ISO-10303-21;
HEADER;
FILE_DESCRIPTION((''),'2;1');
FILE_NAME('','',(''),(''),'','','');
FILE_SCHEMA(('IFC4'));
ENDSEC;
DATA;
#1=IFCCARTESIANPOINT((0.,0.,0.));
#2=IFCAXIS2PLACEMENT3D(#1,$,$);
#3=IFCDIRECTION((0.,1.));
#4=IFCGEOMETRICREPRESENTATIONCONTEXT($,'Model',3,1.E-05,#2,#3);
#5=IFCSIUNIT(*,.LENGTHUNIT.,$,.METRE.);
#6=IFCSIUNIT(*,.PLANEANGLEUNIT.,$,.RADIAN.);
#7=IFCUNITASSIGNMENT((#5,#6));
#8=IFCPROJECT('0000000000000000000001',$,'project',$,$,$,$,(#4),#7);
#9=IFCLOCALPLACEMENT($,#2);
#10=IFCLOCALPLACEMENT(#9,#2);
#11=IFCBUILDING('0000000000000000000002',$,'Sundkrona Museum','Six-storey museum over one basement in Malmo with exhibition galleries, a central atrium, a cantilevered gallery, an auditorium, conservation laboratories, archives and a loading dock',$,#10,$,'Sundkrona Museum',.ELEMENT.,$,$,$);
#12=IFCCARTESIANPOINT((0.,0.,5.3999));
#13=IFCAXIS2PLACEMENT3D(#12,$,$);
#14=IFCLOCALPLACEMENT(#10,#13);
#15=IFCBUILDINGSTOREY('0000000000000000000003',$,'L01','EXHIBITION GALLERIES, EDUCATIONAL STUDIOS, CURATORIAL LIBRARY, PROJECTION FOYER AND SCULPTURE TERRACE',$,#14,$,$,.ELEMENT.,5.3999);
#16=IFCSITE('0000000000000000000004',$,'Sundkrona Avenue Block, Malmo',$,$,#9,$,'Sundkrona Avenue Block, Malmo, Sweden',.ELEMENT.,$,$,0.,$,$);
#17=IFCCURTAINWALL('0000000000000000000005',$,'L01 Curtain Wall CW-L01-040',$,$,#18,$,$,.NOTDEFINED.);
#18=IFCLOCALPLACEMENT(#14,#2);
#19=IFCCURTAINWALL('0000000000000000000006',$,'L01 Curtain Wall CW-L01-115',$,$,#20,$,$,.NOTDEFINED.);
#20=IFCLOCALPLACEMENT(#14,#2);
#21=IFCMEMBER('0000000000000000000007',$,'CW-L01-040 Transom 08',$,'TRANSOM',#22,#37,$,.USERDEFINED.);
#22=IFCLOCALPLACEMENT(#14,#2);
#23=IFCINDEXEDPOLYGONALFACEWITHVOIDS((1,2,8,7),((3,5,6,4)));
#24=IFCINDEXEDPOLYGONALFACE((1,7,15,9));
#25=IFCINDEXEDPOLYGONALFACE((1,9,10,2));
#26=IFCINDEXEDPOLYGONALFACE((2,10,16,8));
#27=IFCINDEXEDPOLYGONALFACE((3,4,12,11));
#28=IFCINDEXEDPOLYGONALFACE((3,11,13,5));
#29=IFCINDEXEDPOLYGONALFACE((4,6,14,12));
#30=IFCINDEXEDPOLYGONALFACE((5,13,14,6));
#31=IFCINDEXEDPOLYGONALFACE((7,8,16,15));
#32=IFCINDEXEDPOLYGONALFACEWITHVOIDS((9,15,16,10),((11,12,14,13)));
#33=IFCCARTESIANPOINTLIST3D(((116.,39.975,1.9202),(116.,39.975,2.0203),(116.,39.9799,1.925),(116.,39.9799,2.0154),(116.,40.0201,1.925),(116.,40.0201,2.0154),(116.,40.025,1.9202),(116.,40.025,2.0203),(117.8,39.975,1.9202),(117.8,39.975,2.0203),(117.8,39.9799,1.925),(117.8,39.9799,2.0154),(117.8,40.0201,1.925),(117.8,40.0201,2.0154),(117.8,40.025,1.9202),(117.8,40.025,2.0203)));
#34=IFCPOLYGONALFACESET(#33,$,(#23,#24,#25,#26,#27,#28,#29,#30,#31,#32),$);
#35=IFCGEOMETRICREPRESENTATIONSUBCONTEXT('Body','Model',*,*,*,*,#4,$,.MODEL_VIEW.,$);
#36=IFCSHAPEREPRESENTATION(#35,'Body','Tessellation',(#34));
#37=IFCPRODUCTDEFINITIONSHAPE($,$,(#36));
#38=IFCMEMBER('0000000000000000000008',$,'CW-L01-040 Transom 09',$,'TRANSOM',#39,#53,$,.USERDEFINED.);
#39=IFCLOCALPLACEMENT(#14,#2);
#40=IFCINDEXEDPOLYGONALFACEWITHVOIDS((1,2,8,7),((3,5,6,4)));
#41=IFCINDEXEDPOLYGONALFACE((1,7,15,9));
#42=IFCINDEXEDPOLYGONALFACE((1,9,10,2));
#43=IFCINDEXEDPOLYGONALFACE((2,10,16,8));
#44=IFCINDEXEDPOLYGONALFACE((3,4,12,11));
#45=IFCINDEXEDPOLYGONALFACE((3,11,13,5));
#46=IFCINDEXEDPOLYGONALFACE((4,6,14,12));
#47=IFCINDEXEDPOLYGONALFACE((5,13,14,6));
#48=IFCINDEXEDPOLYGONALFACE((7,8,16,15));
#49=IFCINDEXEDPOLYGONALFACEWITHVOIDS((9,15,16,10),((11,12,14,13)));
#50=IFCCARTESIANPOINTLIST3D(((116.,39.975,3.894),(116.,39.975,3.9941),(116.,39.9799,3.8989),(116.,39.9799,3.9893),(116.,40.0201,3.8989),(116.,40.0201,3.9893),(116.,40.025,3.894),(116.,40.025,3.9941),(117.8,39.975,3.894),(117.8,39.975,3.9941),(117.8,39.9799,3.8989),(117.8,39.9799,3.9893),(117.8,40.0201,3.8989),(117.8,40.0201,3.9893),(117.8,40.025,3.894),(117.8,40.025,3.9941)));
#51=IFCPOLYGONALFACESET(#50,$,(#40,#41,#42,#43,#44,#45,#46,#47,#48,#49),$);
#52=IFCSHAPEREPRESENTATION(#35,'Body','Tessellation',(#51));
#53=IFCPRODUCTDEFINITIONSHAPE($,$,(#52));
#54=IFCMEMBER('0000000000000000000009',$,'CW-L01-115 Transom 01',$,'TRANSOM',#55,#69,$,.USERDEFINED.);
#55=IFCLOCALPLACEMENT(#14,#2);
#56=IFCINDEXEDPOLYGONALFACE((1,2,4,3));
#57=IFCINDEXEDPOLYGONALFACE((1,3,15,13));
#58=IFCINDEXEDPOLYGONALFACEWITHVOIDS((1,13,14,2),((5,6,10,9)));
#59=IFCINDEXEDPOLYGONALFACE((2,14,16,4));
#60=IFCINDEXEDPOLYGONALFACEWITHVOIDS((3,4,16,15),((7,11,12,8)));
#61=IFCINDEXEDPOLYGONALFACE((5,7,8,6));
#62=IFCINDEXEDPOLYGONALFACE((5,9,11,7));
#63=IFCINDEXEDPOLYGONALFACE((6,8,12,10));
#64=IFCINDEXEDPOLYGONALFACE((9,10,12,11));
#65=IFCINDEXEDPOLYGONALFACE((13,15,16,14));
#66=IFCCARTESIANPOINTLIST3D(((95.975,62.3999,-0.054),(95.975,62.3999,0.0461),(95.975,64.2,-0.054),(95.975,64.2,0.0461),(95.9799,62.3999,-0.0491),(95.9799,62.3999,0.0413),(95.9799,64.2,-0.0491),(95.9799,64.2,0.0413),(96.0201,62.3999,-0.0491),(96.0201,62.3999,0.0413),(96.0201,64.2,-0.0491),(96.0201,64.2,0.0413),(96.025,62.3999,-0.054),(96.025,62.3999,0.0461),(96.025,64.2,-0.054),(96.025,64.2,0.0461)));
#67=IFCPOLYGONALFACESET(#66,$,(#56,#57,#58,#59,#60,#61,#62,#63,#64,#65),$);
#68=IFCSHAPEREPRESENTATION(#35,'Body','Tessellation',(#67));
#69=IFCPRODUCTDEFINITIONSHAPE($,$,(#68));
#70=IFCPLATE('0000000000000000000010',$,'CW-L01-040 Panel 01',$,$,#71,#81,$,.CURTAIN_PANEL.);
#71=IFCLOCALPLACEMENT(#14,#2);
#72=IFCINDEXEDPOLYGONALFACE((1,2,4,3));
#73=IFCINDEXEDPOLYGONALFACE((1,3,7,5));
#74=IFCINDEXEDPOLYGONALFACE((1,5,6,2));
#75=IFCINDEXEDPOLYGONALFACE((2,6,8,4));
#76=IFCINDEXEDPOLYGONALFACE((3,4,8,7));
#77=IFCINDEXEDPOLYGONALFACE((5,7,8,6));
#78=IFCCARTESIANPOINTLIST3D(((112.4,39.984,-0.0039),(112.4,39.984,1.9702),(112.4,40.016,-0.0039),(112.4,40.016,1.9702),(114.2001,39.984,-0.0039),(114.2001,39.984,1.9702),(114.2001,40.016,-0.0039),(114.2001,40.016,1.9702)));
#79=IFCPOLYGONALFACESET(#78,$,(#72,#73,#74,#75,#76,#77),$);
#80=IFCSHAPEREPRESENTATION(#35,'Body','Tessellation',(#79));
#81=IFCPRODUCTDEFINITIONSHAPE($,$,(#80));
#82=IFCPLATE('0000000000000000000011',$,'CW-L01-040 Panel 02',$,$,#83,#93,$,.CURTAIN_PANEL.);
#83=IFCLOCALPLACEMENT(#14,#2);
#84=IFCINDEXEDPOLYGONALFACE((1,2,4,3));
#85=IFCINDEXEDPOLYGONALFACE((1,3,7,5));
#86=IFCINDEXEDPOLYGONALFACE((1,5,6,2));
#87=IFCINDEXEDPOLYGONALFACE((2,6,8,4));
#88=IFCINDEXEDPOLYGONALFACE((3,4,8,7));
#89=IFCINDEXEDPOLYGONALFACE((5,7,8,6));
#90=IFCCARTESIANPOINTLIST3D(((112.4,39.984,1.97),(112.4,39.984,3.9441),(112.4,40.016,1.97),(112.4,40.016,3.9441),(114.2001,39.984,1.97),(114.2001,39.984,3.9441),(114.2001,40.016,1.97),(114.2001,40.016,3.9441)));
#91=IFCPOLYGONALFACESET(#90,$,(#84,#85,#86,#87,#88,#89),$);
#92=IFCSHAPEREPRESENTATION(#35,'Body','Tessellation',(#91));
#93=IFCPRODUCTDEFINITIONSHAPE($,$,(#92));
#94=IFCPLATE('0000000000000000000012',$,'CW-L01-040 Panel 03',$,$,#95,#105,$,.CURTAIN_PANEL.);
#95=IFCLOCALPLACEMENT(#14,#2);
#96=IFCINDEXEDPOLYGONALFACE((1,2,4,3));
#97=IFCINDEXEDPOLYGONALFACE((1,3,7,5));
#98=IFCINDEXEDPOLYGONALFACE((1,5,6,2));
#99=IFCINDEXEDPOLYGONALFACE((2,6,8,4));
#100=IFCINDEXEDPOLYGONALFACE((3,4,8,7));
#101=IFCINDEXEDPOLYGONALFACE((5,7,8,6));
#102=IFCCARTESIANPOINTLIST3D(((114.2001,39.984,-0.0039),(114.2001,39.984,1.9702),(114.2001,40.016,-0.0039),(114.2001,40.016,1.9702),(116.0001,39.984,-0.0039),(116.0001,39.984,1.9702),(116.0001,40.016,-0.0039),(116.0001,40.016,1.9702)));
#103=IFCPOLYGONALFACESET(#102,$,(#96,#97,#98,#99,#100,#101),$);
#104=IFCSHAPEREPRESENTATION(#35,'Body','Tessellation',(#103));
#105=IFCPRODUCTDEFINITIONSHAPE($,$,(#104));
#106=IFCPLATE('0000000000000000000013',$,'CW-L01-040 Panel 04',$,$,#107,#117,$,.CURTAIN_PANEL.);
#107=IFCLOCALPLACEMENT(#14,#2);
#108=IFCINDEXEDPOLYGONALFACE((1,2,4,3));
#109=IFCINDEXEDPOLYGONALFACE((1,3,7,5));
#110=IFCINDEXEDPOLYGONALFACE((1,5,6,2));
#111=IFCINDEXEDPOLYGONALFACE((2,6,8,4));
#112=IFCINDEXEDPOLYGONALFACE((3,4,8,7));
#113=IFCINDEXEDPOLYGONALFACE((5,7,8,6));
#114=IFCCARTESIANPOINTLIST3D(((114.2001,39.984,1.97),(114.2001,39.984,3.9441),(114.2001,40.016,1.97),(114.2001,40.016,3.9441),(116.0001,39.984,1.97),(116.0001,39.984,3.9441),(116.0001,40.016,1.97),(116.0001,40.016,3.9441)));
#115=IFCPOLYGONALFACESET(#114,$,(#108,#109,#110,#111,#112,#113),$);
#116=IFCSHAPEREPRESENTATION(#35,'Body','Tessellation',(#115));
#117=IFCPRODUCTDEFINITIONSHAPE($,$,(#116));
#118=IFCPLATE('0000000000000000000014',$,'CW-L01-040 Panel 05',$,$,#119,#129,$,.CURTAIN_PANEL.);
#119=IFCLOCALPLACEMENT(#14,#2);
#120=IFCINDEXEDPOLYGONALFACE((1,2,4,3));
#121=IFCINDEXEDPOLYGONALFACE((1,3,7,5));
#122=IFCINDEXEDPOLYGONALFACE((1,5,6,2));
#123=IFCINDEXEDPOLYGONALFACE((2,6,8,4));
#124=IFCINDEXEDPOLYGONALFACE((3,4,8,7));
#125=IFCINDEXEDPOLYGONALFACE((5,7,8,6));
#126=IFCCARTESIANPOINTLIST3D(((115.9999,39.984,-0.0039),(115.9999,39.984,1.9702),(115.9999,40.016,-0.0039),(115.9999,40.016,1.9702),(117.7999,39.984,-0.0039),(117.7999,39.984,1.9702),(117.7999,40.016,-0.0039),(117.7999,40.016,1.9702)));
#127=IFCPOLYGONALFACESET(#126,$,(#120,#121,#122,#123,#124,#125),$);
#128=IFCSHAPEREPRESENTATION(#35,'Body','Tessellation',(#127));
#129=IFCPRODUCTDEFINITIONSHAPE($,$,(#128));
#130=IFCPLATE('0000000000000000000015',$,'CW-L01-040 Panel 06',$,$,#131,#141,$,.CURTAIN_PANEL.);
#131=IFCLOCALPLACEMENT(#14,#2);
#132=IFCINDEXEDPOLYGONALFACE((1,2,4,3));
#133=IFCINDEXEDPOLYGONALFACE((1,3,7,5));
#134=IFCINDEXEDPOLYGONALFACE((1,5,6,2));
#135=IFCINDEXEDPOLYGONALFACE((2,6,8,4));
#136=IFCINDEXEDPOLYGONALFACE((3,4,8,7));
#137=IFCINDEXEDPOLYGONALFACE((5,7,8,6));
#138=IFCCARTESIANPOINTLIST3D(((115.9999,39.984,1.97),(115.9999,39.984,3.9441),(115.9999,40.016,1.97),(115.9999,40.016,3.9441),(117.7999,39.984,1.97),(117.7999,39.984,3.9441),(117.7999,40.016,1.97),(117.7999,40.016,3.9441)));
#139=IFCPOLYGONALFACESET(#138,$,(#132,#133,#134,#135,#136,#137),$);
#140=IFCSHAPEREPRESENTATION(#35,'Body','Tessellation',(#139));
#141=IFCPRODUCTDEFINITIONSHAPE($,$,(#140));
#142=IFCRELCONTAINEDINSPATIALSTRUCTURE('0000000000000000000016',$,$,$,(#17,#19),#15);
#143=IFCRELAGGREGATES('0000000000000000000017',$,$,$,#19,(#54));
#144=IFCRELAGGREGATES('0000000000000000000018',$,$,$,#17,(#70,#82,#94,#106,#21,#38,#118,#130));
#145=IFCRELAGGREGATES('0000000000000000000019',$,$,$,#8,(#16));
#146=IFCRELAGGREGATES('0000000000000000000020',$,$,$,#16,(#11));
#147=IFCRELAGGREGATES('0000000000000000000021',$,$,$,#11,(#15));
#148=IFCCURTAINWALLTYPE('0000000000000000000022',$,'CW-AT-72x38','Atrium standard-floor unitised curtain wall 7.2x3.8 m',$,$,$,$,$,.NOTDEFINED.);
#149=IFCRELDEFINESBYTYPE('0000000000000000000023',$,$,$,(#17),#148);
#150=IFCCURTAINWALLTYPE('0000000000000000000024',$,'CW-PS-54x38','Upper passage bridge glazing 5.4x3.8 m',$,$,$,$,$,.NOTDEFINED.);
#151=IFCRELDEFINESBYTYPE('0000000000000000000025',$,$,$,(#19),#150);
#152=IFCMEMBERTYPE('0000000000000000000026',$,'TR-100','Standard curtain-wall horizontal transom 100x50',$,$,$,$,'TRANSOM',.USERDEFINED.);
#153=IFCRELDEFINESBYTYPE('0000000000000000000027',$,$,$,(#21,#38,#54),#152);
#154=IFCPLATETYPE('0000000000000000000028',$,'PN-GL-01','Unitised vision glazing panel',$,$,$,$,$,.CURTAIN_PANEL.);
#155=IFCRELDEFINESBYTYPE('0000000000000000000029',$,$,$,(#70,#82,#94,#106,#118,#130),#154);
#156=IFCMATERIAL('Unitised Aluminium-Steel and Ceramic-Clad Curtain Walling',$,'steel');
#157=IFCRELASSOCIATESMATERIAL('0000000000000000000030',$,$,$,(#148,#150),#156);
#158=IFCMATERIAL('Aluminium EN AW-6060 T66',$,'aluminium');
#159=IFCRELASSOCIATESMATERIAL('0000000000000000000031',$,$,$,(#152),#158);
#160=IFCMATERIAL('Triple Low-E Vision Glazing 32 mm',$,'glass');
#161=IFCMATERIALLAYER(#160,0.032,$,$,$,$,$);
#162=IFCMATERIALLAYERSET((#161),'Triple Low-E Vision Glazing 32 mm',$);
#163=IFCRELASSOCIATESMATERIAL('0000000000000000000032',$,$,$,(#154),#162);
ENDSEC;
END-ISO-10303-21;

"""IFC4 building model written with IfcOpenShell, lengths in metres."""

from ifc_helpers import new_model, si_unit, direction, frame, origin, origin_2d, place, context, subcontext, project, spatial, rectangle, hollow_rectangle, extrude, material, layer, layer_set, material_profile, profile_set, type_object, element, aggregate, save


model = new_model("IFC4")

# Units and contexts
model_context = context("Model", 3, precision=1e-05, world=origin(), true_north=direction((0.0, 1.0)))
body_context = subcontext(model_context, "Body", "Model", "MODEL_VIEW")
ifc_project = project(units=[si_unit("LENGTHUNIT", "METRE"), si_unit("PLANEANGLEUNIT", "RADIAN")], contexts=[model_context])

# Site, building, storey
site_placement = place(None, origin())
site = spatial("IfcSite", under=ifc_project, at=site_placement, Name="Sundkrona Avenue Block, Malmo", LongName="Sundkrona Avenue Block, Malmo, Sweden", CompositionType="ELEMENT", RefElevation=0.0)
building_placement = place(site_placement, origin())
building = spatial("IfcBuilding", under=site, at=building_placement, Name="Sundkrona Museum", Description="Six-storey museum over one basement in Malmo with exhibition galleries, a central atrium, a cantilevered gallery, an auditorium, conservation laboratories, archives and a loading dock", LongName="Sundkrona Museum", CompositionType="ELEMENT")
storey_placement = place(building_placement, frame((0.0, 0.0, 5.3999)))
storey = spatial("IfcBuildingStorey", under=building, at=storey_placement, Name="L01", Description="EXHIBITION GALLERIES, EDUCATIONAL STUDIOS, CURATORIAL LIBRARY, PROJECTION FOYER AND SCULPTURE TERRACE", CompositionType="ELEMENT", Elevation=5.3999)

# Curtain wall
ifc_material_1 = material(Name="Unitised Aluminium-Steel and Ceramic-Clad Curtain Walling", Category="steel")
curtain_wall_type_1 = type_object("IfcCurtainWallType", Name="CW-AT-72x38", Description="Atrium standard-floor unitised curtain wall 7.2x3.8 m", PredefinedType="NOTDEFINED", material=ifc_material_1)
curtain_wall_1_placement = place(storey_placement, origin())
curtain_wall_1 = element("IfcCurtainWall", 1, at=curtain_wall_1_placement, inside=storey, type_object=curtain_wall_type_1, Name="L01 Curtain Wall CW-L01-040", PredefinedType="NOTDEFINED")
ifc_material_2 = material(Name="Aluminium EN AW-6060 T66", Category="aluminium")

# Curtain wall
curtain_wall_type_2 = type_object("IfcCurtainWallType", Name="CW-PS-54x38", Description="Upper passage bridge glazing 5.4x3.8 m", PredefinedType="NOTDEFINED", material=ifc_material_1)
curtain_wall_2_placement = place(storey_placement, origin())
curtain_wall_2 = element("IfcCurtainWall", 2, at=curtain_wall_2_placement, inside=storey, type_object=curtain_wall_type_2, Name="L01 Curtain Wall CW-L01-115", PredefinedType="NOTDEFINED")

# Members
ifc_material_profile_1 = material_profile(ifc_material_2, hollow_rectangle(XDim=0.05, YDim=0.1001, WallThickness=0.0049, at=origin_2d()), Name="RHS 100x50x5.0")
ifc_profile_set_1 = profile_set([ifc_material_profile_1], Name="Aluminium EN AW-6060 T66")
member_type_1 = type_object("IfcMemberType", Name="TR-100", Description="Standard curtain-wall horizontal transom 100x50", ElementType="TRANSOM", PredefinedType="USERDEFINED", material=ifc_profile_set_1)
member_1_placement = place(storey_placement, frame((116.0, 40.0, 1.9702), z_axis=(1.0, 0.0, 0.0), x_axis=(0.0, 1.0, 0.0)))
member_1 = element("IfcMember", 3, at=member_1_placement, type_object=member_type_1, Name="CW-L01-040 Transom 08", ObjectType="TRANSOM", PredefinedType="USERDEFINED", context=body_context, shape_type="SweptSolid", body=[
    extrude(hollow_rectangle(XDim=0.05, YDim=0.1001, WallThickness=0.0049, at=origin_2d()), origin(), (0.0, 0.0, 1.0), 1.8),
])
member_2_placement = place(storey_placement, frame((116.0, 40.0, 3.9441), z_axis=(1.0, 0.0, 0.0), x_axis=(0.0, 1.0, 0.0)))
member_2 = element("IfcMember", 4, at=member_2_placement, type_object=member_type_1, Name="CW-L01-040 Transom 09", ObjectType="TRANSOM", PredefinedType="USERDEFINED", context=body_context, shape_type="SweptSolid", body=[
    extrude(hollow_rectangle(XDim=0.05, YDim=0.1001, WallThickness=0.0049, at=origin_2d()), origin(), (0.0, 0.0, 1.0), 1.8),
])
member_3_placement = place(storey_placement, frame((96.0, 62.3999, -0.0039), z_axis=(0.0, 1.0, 0.0), x_axis=(-1.0, 0.0, 0.0)))
member_3 = element("IfcMember", 5, at=member_3_placement, type_object=member_type_1, Name="CW-L01-115 Transom 01", ObjectType="TRANSOM", PredefinedType="USERDEFINED", context=body_context, shape_type="SweptSolid", body=[
    extrude(hollow_rectangle(XDim=0.05, YDim=0.1001, WallThickness=0.0049, at=origin_2d()), origin(), (0.0, 0.0, 1.0), 1.8),
])
aggregate(curtain_wall_2, [member_3])

# Plates
ifc_material_3 = material(Name="Triple Low-E Vision Glazing 32 mm", Category="glass")
ifc_layer = layer(ifc_material_3, 0.032)
ifc_layer_set = layer_set([ifc_layer], Name="Triple Low-E Vision Glazing 32 mm")
plate_type = type_object("IfcPlateType", Name="PN-GL-01", Description="Unitised vision glazing panel", PredefinedType="CURTAIN_PANEL", material=ifc_layer_set)
plate_1_placement = place(storey_placement, frame((113.3, 40.0, -0.0039), z_axis=(0.0, 0.0, 1.0), x_axis=(1.0, 0.0, 0.0)))
plate_1 = element("IfcPlate", 6, at=plate_1_placement, type_object=plate_type, Name="CW-L01-040 Panel 01", PredefinedType="CURTAIN_PANEL", context=body_context, shape_type="SweptSolid", body=[
    extrude(rectangle(XDim=1.8, YDim=0.032, at=origin_2d()), origin(), (0.0, 0.0, 1.0), 1.9741),
])
plate_2_placement = place(storey_placement, frame((113.3, 40.0, 1.97), z_axis=(0.0, 0.0, 1.0), x_axis=(1.0, 0.0, 0.0)))
plate_2 = element("IfcPlate", 7, at=plate_2_placement, type_object=plate_type, Name="CW-L01-040 Panel 02", PredefinedType="CURTAIN_PANEL", context=body_context, shape_type="SweptSolid", body=[
    extrude(rectangle(XDim=1.8, YDim=0.032, at=origin_2d()), origin(), (0.0, 0.0, 1.0), 1.9741),
])
plate_3_placement = place(storey_placement, frame((115.1001, 40.0, -0.0039), z_axis=(0.0, 0.0, 1.0), x_axis=(1.0, 0.0, 0.0)))
plate_3 = element("IfcPlate", 8, at=plate_3_placement, type_object=plate_type, Name="CW-L01-040 Panel 03", PredefinedType="CURTAIN_PANEL", context=body_context, shape_type="SweptSolid", body=[
    extrude(rectangle(XDim=1.8, YDim=0.032, at=origin_2d()), origin(), (0.0, 0.0, 1.0), 1.9741),
])
plate_4_placement = place(storey_placement, frame((115.1001, 40.0, 1.97), z_axis=(0.0, 0.0, 1.0), x_axis=(1.0, 0.0, 0.0)))
plate_4 = element("IfcPlate", 9, at=plate_4_placement, type_object=plate_type, Name="CW-L01-040 Panel 04", PredefinedType="CURTAIN_PANEL", context=body_context, shape_type="SweptSolid", body=[
    extrude(rectangle(XDim=1.8, YDim=0.032, at=origin_2d()), origin(), (0.0, 0.0, 1.0), 1.9741),
])
plate_5_placement = place(storey_placement, frame((116.8999, 40.0, -0.0039), z_axis=(0.0, 0.0, 1.0), x_axis=(1.0, 0.0, 0.0)))
plate_5 = element("IfcPlate", 10, at=plate_5_placement, type_object=plate_type, Name="CW-L01-040 Panel 05", PredefinedType="CURTAIN_PANEL", context=body_context, shape_type="SweptSolid", body=[
    extrude(rectangle(XDim=1.8, YDim=0.032, at=origin_2d()), origin(), (0.0, 0.0, 1.0), 1.9741),
])
plate_6_placement = place(storey_placement, frame((116.8999, 40.0, 1.97), z_axis=(0.0, 0.0, 1.0), x_axis=(1.0, 0.0, 0.0)))
plate_6 = element("IfcPlate", 11, at=plate_6_placement, type_object=plate_type, Name="CW-L01-040 Panel 06", PredefinedType="CURTAIN_PANEL", context=body_context, shape_type="SweptSolid", body=[
    extrude(rectangle(XDim=1.8, YDim=0.032, at=origin_2d()), origin(), (0.0, 0.0, 1.0), 1.9741),
])
aggregate(curtain_wall_1, [plate_1, plate_2, plate_3, plate_4, member_1, member_2, plate_5, plate_6])

save(model, "model.ifc")
